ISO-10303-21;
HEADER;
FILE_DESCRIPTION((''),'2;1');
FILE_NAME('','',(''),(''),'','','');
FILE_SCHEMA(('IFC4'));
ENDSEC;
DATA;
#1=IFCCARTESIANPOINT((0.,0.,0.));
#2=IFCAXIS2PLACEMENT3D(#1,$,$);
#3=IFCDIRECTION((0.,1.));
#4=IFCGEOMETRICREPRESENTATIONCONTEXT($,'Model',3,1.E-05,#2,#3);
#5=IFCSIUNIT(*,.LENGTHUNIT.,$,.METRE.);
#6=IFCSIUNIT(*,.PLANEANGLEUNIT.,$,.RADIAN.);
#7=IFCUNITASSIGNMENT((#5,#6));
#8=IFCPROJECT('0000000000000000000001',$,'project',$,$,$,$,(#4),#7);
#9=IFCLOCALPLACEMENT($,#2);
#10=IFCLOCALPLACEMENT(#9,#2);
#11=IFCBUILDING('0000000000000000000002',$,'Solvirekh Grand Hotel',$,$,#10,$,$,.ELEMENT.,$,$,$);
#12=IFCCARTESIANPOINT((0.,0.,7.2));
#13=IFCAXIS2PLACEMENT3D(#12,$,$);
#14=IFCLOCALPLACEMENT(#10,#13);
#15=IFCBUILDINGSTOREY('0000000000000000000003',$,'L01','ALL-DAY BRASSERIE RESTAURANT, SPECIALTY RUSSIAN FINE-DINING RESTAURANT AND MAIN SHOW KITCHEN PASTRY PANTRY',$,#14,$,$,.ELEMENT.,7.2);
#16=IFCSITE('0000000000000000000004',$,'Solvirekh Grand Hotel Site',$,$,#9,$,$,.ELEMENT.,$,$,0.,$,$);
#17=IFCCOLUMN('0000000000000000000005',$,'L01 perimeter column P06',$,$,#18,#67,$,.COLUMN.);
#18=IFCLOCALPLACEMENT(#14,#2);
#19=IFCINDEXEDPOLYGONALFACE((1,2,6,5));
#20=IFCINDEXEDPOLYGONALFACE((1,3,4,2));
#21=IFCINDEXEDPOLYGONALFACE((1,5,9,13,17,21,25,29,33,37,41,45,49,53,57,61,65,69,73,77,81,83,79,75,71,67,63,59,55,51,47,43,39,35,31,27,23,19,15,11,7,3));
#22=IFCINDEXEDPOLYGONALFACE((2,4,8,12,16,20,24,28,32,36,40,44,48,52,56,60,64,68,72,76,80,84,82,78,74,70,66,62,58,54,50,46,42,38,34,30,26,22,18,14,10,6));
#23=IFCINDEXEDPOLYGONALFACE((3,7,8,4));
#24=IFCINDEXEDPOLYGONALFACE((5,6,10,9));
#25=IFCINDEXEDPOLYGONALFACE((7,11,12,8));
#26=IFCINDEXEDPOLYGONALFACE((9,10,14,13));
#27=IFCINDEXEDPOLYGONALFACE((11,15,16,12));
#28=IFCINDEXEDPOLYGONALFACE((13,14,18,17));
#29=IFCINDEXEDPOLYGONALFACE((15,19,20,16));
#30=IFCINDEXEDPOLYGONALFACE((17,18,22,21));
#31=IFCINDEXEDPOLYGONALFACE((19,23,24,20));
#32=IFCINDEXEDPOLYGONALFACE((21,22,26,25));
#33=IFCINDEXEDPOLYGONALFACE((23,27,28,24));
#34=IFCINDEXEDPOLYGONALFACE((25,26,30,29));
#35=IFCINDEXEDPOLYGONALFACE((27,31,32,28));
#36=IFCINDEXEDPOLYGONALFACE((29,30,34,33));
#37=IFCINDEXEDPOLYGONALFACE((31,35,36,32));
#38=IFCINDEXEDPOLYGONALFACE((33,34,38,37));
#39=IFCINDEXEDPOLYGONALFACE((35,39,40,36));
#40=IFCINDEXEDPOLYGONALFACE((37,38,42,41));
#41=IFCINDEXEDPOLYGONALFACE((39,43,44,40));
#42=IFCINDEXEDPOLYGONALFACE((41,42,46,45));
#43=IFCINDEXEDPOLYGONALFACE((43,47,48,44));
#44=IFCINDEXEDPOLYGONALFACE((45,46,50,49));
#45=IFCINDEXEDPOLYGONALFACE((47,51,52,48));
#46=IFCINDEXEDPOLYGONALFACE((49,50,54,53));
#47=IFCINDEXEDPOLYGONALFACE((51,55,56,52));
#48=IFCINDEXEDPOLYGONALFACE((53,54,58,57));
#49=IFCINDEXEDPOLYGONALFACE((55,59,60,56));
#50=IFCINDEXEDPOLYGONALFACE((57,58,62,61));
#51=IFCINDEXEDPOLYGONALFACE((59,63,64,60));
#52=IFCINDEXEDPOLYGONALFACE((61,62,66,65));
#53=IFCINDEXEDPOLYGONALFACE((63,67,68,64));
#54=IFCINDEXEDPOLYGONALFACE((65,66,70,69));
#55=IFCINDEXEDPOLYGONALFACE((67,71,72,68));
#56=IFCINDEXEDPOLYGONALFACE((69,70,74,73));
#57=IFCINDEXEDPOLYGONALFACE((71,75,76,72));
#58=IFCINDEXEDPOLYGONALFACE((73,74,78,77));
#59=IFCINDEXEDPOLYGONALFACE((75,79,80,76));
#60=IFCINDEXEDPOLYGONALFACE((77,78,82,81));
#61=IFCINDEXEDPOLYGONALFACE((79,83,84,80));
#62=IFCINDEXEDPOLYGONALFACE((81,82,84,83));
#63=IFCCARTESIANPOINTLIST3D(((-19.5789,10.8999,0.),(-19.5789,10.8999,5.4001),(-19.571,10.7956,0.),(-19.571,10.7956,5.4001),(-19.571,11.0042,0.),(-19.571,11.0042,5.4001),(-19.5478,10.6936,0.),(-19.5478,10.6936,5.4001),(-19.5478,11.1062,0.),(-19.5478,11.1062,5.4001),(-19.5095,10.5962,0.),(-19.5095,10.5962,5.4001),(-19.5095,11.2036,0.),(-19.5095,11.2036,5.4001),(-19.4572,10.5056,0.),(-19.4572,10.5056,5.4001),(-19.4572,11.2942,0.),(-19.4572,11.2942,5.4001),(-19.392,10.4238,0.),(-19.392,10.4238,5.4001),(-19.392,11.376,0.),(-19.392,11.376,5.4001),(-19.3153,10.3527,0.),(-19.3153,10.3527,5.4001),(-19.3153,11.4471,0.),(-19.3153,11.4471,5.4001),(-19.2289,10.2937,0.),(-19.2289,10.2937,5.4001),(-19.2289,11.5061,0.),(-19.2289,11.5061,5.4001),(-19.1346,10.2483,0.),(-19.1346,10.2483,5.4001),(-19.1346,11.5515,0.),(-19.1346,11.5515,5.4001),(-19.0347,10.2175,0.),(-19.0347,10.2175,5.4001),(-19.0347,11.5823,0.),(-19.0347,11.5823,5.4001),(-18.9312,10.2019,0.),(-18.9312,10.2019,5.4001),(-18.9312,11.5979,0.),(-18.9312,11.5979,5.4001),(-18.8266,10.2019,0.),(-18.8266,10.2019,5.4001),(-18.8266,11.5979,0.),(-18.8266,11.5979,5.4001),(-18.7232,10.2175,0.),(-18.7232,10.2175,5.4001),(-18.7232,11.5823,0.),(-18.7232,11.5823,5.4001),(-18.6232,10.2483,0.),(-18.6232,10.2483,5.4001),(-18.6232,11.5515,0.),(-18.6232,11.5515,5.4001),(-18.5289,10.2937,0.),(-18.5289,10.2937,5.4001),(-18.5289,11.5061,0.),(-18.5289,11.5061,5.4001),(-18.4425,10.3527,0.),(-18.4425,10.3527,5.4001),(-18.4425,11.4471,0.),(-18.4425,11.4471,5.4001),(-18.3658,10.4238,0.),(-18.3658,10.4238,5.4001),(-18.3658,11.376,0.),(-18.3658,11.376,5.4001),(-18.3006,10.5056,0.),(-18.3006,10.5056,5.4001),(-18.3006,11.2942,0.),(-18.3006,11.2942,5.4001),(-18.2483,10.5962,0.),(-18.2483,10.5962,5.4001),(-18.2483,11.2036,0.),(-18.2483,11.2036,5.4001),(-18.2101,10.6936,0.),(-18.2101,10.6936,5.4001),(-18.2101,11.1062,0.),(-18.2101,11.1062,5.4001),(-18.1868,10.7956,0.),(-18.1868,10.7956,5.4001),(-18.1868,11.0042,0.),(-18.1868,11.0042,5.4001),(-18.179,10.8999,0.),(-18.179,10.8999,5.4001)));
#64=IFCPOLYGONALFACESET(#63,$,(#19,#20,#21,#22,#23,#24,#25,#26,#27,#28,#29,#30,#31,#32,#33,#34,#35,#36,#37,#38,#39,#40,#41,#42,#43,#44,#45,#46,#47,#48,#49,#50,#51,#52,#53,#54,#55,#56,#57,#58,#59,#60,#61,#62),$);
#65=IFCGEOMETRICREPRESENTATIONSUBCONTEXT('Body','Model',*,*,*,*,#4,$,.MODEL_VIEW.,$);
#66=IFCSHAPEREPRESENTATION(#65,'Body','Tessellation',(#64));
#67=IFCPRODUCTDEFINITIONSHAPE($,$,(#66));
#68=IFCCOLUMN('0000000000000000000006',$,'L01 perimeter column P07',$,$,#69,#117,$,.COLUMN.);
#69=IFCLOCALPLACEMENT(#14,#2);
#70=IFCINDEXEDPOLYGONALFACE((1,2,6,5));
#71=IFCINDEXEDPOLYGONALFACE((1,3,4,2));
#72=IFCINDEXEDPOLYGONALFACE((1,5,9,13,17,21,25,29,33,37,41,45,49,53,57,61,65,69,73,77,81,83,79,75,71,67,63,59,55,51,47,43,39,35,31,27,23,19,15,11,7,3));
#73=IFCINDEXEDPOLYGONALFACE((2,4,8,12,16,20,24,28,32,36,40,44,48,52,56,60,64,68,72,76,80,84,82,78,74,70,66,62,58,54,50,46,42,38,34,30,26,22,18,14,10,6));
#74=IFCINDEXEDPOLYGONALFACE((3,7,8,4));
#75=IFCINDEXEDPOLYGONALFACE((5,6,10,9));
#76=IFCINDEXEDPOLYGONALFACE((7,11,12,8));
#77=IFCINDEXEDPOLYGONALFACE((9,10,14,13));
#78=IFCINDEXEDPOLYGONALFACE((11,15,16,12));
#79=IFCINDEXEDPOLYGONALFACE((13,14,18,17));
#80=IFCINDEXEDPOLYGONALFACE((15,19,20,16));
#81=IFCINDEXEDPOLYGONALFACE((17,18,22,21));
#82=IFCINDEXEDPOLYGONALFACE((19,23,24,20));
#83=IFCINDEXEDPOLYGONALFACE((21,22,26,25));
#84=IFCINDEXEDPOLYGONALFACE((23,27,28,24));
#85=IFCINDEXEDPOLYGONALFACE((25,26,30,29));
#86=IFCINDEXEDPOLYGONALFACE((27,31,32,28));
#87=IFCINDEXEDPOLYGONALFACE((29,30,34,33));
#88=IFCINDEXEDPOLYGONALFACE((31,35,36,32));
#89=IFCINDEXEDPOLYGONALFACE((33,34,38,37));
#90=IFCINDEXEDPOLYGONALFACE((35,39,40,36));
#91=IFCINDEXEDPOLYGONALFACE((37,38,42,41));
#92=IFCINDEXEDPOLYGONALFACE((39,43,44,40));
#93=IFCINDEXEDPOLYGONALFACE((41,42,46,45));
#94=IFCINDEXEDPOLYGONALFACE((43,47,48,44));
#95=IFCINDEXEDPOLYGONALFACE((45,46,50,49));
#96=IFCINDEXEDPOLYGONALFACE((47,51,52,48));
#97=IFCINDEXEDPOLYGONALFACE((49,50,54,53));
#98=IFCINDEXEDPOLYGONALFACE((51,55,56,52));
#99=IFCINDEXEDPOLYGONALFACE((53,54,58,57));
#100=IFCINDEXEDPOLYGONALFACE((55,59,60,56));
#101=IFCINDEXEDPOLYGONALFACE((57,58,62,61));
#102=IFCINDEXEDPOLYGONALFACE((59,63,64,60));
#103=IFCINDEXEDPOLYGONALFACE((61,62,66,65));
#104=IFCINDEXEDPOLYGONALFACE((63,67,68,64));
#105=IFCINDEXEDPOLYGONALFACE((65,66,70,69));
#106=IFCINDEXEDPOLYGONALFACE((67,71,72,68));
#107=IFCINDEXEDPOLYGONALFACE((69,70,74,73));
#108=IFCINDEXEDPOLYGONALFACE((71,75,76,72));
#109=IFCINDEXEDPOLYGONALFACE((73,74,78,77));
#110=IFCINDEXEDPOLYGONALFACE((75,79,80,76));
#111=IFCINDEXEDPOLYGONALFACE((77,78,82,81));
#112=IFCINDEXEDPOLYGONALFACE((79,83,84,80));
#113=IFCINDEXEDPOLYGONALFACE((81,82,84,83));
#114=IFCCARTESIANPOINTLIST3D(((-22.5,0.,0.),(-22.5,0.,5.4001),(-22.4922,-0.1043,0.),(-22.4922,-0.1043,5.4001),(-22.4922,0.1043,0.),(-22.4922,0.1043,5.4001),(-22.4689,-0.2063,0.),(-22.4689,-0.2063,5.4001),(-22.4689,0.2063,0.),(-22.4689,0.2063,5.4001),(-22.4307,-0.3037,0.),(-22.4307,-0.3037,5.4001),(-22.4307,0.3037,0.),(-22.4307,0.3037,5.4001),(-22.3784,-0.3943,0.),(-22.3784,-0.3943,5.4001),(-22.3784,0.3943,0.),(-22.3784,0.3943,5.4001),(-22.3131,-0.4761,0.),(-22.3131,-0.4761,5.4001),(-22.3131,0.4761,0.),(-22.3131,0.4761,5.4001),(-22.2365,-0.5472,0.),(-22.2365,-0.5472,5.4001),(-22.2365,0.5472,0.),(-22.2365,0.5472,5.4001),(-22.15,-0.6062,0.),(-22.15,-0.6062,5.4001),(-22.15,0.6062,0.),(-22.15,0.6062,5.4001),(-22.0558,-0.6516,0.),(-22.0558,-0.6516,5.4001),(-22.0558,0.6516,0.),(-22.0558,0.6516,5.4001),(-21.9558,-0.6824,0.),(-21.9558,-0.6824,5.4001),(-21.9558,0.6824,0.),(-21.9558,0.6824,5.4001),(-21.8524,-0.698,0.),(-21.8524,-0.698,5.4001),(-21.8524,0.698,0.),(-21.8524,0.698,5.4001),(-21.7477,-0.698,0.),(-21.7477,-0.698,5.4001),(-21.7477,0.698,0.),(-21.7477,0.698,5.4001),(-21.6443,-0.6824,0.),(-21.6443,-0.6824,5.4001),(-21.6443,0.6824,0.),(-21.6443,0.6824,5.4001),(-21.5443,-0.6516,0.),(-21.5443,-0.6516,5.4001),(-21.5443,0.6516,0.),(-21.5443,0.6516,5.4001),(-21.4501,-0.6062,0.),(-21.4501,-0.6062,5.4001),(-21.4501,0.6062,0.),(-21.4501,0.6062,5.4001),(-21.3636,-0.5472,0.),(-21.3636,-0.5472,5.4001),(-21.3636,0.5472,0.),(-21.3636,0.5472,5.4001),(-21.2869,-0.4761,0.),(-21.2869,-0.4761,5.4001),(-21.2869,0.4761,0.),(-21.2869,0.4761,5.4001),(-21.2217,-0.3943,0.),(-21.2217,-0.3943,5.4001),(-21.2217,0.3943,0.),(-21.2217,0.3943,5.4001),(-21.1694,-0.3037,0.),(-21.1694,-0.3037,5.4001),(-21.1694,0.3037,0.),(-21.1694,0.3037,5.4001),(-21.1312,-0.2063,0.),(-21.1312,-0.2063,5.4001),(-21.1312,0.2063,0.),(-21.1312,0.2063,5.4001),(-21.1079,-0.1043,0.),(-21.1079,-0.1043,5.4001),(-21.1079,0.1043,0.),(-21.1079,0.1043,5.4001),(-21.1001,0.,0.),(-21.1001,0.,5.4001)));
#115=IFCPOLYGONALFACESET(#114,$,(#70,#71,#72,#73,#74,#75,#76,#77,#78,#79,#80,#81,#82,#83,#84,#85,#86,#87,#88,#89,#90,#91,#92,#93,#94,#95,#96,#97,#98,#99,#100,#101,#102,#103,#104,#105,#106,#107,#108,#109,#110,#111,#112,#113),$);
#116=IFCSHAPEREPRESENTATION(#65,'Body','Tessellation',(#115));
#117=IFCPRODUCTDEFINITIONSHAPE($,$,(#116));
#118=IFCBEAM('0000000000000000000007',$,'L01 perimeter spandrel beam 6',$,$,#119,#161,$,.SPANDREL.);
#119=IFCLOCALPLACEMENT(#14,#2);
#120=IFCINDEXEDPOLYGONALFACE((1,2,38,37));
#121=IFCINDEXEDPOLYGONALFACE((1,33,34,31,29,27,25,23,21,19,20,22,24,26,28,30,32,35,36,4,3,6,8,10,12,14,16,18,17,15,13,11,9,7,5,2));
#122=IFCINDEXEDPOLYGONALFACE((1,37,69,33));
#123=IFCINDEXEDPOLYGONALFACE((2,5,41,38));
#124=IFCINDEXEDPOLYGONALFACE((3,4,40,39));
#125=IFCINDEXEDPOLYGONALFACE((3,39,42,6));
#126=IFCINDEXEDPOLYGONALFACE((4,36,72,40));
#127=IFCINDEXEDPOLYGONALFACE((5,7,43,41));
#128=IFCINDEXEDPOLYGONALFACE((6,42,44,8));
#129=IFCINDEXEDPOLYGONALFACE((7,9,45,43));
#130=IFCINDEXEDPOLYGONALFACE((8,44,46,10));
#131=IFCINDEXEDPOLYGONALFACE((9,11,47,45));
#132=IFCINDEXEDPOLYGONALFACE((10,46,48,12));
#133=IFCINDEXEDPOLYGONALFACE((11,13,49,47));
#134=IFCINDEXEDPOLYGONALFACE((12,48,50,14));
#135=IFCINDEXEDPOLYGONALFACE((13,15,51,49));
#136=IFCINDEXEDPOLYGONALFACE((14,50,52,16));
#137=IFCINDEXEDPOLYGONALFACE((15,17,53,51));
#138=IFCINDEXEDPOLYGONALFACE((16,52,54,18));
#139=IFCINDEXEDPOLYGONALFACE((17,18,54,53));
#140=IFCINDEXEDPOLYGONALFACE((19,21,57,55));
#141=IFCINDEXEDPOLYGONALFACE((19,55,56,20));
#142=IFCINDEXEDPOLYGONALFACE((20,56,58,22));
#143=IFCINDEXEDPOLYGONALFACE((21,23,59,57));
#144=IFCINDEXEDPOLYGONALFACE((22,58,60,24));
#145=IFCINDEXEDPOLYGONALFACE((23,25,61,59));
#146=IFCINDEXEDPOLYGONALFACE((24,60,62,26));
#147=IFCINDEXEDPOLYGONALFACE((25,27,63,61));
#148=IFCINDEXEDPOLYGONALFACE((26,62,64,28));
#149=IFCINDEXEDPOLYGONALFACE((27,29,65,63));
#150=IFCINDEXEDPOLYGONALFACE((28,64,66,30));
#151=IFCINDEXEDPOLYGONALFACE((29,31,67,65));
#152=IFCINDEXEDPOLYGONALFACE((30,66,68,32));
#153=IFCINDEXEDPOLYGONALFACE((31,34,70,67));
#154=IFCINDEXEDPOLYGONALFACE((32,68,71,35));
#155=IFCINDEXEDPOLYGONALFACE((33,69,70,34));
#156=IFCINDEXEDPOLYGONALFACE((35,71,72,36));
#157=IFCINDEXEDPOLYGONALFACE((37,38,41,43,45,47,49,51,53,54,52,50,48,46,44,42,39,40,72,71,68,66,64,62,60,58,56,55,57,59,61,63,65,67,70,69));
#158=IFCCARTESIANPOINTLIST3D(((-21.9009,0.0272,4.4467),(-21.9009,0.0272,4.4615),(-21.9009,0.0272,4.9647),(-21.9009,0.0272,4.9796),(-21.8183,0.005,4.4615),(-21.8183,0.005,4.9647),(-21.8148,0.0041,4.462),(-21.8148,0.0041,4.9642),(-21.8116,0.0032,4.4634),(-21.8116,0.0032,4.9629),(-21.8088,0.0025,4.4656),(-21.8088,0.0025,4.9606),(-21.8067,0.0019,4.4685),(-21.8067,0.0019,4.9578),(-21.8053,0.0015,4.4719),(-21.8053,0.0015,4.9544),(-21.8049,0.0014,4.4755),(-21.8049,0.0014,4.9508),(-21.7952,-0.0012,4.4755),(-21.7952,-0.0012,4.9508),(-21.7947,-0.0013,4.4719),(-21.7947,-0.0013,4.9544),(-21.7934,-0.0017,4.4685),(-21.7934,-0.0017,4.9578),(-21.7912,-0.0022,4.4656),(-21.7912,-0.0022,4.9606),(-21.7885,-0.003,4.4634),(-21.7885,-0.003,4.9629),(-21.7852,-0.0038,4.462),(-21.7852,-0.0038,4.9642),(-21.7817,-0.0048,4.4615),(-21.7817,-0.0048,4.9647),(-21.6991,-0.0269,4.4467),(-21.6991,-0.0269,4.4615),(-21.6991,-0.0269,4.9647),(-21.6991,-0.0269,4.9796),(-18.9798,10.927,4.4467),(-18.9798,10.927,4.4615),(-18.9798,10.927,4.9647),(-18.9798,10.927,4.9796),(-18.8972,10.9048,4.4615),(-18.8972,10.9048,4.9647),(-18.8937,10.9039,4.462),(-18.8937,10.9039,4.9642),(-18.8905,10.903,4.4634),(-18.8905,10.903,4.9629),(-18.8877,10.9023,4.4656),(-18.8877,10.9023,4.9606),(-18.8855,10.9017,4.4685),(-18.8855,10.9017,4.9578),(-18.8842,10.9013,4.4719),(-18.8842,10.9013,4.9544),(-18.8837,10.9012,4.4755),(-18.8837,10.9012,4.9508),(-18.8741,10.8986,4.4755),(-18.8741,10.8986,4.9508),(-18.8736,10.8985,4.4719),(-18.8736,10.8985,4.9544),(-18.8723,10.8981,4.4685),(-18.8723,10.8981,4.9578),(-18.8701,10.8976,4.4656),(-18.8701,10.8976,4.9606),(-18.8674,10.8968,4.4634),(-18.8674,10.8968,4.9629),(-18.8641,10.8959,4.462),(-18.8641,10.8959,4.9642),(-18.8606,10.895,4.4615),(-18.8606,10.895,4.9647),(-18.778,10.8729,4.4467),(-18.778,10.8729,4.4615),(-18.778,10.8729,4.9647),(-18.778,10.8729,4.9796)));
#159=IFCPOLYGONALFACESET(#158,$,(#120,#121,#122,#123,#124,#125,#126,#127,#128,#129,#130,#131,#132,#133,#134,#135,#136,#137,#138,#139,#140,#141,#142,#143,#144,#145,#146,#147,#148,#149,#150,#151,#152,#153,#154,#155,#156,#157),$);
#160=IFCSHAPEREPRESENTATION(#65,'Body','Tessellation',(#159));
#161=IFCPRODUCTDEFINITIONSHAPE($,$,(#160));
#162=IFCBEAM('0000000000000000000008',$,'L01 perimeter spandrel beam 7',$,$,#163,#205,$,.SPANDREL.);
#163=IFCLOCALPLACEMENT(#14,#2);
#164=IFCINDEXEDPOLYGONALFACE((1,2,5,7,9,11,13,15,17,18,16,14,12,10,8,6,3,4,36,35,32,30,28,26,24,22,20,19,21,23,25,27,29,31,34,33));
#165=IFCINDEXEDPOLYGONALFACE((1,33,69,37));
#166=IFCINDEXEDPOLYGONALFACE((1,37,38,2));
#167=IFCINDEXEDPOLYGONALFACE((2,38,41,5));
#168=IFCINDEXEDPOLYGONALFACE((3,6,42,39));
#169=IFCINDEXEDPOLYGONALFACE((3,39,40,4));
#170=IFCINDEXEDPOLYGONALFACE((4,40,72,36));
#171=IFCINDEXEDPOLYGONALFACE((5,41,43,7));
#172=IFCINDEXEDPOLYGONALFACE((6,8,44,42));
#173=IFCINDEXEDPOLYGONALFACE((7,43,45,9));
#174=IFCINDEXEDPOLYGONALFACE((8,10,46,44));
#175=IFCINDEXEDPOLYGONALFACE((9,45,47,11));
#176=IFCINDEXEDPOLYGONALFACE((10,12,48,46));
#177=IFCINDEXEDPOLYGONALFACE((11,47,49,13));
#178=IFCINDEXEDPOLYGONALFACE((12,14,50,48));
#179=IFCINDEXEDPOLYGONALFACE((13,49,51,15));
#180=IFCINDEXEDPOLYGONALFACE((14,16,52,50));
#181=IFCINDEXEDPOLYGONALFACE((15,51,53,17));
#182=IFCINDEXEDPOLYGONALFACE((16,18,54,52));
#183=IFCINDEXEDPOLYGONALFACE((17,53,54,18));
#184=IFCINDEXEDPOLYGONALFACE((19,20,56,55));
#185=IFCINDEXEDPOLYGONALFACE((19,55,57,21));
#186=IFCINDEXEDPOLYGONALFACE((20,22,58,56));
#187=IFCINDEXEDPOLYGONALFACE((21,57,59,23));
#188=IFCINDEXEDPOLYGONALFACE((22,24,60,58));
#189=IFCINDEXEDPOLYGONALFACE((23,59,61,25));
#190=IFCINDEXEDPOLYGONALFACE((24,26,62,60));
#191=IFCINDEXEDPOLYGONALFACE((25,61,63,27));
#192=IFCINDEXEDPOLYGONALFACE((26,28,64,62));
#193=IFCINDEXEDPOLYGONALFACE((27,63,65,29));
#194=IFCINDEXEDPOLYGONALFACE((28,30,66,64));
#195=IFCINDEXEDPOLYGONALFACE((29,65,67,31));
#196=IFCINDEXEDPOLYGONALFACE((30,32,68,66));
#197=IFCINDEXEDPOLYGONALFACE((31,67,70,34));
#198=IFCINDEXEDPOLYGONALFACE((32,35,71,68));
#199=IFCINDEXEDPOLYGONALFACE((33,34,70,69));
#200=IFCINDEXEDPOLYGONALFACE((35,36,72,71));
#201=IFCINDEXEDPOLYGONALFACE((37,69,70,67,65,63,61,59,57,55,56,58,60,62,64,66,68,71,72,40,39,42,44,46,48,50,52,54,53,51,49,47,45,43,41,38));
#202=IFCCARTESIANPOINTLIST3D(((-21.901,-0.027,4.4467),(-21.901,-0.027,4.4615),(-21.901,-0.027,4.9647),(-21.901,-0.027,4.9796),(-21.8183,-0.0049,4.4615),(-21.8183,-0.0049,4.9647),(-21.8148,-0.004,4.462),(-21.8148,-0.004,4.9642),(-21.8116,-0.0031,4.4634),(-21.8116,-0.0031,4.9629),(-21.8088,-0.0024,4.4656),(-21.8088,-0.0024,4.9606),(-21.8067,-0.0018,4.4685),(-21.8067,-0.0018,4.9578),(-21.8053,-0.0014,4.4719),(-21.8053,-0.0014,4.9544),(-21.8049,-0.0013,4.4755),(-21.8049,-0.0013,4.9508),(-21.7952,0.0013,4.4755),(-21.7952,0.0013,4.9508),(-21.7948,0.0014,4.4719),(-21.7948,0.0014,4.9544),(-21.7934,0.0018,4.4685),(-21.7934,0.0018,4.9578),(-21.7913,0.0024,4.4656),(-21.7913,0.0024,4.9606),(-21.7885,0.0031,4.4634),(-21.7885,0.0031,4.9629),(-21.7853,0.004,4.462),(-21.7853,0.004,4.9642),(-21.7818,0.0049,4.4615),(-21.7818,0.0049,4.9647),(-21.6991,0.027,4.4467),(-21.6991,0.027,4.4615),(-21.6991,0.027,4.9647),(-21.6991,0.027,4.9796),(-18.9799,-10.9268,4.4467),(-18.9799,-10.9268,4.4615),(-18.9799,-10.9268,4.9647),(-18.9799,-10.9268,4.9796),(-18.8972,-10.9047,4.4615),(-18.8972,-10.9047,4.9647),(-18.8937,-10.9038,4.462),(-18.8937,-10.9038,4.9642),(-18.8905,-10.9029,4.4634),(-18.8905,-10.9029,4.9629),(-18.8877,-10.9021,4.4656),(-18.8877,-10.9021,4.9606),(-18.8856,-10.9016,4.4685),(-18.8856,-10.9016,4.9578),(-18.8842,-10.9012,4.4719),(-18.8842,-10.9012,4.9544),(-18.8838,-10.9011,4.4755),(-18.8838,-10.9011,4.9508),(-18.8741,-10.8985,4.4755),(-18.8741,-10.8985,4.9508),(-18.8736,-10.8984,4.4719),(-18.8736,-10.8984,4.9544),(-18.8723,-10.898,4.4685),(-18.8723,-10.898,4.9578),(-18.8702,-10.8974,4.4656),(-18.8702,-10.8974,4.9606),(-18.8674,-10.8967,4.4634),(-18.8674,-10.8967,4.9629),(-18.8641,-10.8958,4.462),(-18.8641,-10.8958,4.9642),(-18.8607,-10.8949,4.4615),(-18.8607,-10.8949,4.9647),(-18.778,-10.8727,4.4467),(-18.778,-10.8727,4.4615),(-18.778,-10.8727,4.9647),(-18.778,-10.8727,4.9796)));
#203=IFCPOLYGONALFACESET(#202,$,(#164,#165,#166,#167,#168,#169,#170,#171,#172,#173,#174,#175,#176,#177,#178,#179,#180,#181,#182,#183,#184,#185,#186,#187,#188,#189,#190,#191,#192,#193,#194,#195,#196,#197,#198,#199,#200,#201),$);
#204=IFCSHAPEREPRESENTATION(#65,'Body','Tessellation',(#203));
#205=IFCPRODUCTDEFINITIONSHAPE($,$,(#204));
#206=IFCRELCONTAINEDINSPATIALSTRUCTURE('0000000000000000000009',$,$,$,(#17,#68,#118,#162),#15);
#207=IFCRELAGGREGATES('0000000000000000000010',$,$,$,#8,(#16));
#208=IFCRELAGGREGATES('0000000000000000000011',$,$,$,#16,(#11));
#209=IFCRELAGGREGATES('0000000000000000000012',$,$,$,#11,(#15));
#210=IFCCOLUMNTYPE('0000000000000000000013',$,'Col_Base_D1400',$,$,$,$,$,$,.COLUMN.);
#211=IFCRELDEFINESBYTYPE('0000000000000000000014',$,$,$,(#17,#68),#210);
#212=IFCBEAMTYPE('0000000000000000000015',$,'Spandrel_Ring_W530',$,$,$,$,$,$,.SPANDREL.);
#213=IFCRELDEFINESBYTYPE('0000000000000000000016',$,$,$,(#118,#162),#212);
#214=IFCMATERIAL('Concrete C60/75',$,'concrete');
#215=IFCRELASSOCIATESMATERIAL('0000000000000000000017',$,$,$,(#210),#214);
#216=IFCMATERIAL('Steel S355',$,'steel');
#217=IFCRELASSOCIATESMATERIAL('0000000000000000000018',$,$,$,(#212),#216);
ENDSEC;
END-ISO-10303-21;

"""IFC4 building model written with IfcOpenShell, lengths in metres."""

from ifc_helpers import new_model, si_unit, direction, frame, origin, origin_2d, place, context, subcontext, project, spatial, circle, i_section, extrude, material, material_profile, profile_set, type_object, element, save


model = new_model("IFC4")

# Units and contexts
model_context = context("Model", 3, precision=1e-05, world=origin(), true_north=direction((0.0, 1.0)))
body_context = subcontext(model_context, "Body", "Model", "MODEL_VIEW")
ifc_project = project(units=[si_unit("LENGTHUNIT", "METRE"), si_unit("PLANEANGLEUNIT", "RADIAN")], contexts=[model_context])

# Site, building, storey
site_placement = place(None, origin())
site = spatial("IfcSite", under=ifc_project, at=site_placement, Name="Solvirekh Grand Hotel Site", CompositionType="ELEMENT", RefElevation=0.0)
building_placement = place(site_placement, origin())
building = spatial("IfcBuilding", under=site, at=building_placement, Name="Solvirekh Grand Hotel", CompositionType="ELEMENT")
storey_placement = place(building_placement, frame((0.0, 0.0, 7.2)))
storey = spatial("IfcBuildingStorey", under=building, at=storey_placement, Name="L01", Description="ALL-DAY BRASSERIE RESTAURANT, SPECIALTY RUSSIAN FINE-DINING RESTAURANT AND MAIN SHOW KITCHEN PASTRY PANTRY", CompositionType="ELEMENT", Elevation=7.2)

# Columns
ifc_material_1 = material(Name="Concrete C60/75", Category="concrete")
ifc_material_profile_1 = material_profile(ifc_material_1, circle(Radius=0.7, at=origin_2d()), Name="RC CIRC D1400")
ifc_profile_set_1 = profile_set([ifc_material_profile_1], Name="Concrete C60/75")
column_type = type_object("IfcColumnType", Name="Col_Base_D1400", PredefinedType="COLUMN", material=ifc_profile_set_1)
for number, where, z_axis, x_axis, name in (
    (1, (-18.8789, 10.8999, 0.0), (0.0, 0.0, 1.0), (1.0, 0.0, 0.0), "L01 perimeter column P06"),
    (2, (-21.8, 0.0, 0.0), (0.0, 0.0, 1.0), (1.0, 0.0, 0.0), "L01 perimeter column P07"),
):
    element("IfcColumn", number, at=place(storey_placement, frame(where, z_axis=z_axis, x_axis=x_axis)), inside=storey, type_object=column_type, Name=name, PredefinedType="COLUMN", context=body_context, shape_type="SweptSolid", body=[
        extrude(circle(Radius=0.7, at=origin_2d()), origin(), (0.0, 0.0, 1.0), 5.4001),
    ])

# Beams
ifc_material_2 = material(Name="Steel S355", Category="steel")
ifc_material_profile_2 = material_profile(ifc_material_2, i_section(OverallWidth=0.209, OverallDepth=0.533, WebThickness=0.01, FlangeThickness=0.0149, FilletRadius=0.0139, at=origin_2d()), Name="W530X92")
ifc_profile_set_2 = profile_set([ifc_material_profile_2], Name="Steel S355")
beam_type = type_object("IfcBeamType", Name="Spandrel_Ring_W530", PredefinedType="SPANDREL", material=ifc_profile_set_2)
for number, where, z_axis, x_axis, name in (
    (3, (-18.8789, 10.8999, 4.7131), (-0.258862, -0.965914, 0.0), (0.965914, -0.258862, 0.0), "L01 perimeter spandrel beam 6"),
    (4, (-21.8, 0.0, 4.7131), (0.258862, -0.965914, 0.0), (0.965914, 0.258862, 0.0), "L01 perimeter spandrel beam 7"),
):
    element("IfcBeam", number, at=place(storey_placement, frame(where, z_axis=z_axis, x_axis=x_axis)), inside=storey, type_object=beam_type, Name=name, PredefinedType="SPANDREL", context=body_context, shape_type="SweptSolid", body=[
        extrude(i_section(OverallWidth=0.209, OverallDepth=0.533, WebThickness=0.01, FlangeThickness=0.0149, FilletRadius=0.0139, at=origin_2d()), origin(), (0.0, 0.0, 1.0), 11.2844),
    ])

save(model, "model.ifc")
